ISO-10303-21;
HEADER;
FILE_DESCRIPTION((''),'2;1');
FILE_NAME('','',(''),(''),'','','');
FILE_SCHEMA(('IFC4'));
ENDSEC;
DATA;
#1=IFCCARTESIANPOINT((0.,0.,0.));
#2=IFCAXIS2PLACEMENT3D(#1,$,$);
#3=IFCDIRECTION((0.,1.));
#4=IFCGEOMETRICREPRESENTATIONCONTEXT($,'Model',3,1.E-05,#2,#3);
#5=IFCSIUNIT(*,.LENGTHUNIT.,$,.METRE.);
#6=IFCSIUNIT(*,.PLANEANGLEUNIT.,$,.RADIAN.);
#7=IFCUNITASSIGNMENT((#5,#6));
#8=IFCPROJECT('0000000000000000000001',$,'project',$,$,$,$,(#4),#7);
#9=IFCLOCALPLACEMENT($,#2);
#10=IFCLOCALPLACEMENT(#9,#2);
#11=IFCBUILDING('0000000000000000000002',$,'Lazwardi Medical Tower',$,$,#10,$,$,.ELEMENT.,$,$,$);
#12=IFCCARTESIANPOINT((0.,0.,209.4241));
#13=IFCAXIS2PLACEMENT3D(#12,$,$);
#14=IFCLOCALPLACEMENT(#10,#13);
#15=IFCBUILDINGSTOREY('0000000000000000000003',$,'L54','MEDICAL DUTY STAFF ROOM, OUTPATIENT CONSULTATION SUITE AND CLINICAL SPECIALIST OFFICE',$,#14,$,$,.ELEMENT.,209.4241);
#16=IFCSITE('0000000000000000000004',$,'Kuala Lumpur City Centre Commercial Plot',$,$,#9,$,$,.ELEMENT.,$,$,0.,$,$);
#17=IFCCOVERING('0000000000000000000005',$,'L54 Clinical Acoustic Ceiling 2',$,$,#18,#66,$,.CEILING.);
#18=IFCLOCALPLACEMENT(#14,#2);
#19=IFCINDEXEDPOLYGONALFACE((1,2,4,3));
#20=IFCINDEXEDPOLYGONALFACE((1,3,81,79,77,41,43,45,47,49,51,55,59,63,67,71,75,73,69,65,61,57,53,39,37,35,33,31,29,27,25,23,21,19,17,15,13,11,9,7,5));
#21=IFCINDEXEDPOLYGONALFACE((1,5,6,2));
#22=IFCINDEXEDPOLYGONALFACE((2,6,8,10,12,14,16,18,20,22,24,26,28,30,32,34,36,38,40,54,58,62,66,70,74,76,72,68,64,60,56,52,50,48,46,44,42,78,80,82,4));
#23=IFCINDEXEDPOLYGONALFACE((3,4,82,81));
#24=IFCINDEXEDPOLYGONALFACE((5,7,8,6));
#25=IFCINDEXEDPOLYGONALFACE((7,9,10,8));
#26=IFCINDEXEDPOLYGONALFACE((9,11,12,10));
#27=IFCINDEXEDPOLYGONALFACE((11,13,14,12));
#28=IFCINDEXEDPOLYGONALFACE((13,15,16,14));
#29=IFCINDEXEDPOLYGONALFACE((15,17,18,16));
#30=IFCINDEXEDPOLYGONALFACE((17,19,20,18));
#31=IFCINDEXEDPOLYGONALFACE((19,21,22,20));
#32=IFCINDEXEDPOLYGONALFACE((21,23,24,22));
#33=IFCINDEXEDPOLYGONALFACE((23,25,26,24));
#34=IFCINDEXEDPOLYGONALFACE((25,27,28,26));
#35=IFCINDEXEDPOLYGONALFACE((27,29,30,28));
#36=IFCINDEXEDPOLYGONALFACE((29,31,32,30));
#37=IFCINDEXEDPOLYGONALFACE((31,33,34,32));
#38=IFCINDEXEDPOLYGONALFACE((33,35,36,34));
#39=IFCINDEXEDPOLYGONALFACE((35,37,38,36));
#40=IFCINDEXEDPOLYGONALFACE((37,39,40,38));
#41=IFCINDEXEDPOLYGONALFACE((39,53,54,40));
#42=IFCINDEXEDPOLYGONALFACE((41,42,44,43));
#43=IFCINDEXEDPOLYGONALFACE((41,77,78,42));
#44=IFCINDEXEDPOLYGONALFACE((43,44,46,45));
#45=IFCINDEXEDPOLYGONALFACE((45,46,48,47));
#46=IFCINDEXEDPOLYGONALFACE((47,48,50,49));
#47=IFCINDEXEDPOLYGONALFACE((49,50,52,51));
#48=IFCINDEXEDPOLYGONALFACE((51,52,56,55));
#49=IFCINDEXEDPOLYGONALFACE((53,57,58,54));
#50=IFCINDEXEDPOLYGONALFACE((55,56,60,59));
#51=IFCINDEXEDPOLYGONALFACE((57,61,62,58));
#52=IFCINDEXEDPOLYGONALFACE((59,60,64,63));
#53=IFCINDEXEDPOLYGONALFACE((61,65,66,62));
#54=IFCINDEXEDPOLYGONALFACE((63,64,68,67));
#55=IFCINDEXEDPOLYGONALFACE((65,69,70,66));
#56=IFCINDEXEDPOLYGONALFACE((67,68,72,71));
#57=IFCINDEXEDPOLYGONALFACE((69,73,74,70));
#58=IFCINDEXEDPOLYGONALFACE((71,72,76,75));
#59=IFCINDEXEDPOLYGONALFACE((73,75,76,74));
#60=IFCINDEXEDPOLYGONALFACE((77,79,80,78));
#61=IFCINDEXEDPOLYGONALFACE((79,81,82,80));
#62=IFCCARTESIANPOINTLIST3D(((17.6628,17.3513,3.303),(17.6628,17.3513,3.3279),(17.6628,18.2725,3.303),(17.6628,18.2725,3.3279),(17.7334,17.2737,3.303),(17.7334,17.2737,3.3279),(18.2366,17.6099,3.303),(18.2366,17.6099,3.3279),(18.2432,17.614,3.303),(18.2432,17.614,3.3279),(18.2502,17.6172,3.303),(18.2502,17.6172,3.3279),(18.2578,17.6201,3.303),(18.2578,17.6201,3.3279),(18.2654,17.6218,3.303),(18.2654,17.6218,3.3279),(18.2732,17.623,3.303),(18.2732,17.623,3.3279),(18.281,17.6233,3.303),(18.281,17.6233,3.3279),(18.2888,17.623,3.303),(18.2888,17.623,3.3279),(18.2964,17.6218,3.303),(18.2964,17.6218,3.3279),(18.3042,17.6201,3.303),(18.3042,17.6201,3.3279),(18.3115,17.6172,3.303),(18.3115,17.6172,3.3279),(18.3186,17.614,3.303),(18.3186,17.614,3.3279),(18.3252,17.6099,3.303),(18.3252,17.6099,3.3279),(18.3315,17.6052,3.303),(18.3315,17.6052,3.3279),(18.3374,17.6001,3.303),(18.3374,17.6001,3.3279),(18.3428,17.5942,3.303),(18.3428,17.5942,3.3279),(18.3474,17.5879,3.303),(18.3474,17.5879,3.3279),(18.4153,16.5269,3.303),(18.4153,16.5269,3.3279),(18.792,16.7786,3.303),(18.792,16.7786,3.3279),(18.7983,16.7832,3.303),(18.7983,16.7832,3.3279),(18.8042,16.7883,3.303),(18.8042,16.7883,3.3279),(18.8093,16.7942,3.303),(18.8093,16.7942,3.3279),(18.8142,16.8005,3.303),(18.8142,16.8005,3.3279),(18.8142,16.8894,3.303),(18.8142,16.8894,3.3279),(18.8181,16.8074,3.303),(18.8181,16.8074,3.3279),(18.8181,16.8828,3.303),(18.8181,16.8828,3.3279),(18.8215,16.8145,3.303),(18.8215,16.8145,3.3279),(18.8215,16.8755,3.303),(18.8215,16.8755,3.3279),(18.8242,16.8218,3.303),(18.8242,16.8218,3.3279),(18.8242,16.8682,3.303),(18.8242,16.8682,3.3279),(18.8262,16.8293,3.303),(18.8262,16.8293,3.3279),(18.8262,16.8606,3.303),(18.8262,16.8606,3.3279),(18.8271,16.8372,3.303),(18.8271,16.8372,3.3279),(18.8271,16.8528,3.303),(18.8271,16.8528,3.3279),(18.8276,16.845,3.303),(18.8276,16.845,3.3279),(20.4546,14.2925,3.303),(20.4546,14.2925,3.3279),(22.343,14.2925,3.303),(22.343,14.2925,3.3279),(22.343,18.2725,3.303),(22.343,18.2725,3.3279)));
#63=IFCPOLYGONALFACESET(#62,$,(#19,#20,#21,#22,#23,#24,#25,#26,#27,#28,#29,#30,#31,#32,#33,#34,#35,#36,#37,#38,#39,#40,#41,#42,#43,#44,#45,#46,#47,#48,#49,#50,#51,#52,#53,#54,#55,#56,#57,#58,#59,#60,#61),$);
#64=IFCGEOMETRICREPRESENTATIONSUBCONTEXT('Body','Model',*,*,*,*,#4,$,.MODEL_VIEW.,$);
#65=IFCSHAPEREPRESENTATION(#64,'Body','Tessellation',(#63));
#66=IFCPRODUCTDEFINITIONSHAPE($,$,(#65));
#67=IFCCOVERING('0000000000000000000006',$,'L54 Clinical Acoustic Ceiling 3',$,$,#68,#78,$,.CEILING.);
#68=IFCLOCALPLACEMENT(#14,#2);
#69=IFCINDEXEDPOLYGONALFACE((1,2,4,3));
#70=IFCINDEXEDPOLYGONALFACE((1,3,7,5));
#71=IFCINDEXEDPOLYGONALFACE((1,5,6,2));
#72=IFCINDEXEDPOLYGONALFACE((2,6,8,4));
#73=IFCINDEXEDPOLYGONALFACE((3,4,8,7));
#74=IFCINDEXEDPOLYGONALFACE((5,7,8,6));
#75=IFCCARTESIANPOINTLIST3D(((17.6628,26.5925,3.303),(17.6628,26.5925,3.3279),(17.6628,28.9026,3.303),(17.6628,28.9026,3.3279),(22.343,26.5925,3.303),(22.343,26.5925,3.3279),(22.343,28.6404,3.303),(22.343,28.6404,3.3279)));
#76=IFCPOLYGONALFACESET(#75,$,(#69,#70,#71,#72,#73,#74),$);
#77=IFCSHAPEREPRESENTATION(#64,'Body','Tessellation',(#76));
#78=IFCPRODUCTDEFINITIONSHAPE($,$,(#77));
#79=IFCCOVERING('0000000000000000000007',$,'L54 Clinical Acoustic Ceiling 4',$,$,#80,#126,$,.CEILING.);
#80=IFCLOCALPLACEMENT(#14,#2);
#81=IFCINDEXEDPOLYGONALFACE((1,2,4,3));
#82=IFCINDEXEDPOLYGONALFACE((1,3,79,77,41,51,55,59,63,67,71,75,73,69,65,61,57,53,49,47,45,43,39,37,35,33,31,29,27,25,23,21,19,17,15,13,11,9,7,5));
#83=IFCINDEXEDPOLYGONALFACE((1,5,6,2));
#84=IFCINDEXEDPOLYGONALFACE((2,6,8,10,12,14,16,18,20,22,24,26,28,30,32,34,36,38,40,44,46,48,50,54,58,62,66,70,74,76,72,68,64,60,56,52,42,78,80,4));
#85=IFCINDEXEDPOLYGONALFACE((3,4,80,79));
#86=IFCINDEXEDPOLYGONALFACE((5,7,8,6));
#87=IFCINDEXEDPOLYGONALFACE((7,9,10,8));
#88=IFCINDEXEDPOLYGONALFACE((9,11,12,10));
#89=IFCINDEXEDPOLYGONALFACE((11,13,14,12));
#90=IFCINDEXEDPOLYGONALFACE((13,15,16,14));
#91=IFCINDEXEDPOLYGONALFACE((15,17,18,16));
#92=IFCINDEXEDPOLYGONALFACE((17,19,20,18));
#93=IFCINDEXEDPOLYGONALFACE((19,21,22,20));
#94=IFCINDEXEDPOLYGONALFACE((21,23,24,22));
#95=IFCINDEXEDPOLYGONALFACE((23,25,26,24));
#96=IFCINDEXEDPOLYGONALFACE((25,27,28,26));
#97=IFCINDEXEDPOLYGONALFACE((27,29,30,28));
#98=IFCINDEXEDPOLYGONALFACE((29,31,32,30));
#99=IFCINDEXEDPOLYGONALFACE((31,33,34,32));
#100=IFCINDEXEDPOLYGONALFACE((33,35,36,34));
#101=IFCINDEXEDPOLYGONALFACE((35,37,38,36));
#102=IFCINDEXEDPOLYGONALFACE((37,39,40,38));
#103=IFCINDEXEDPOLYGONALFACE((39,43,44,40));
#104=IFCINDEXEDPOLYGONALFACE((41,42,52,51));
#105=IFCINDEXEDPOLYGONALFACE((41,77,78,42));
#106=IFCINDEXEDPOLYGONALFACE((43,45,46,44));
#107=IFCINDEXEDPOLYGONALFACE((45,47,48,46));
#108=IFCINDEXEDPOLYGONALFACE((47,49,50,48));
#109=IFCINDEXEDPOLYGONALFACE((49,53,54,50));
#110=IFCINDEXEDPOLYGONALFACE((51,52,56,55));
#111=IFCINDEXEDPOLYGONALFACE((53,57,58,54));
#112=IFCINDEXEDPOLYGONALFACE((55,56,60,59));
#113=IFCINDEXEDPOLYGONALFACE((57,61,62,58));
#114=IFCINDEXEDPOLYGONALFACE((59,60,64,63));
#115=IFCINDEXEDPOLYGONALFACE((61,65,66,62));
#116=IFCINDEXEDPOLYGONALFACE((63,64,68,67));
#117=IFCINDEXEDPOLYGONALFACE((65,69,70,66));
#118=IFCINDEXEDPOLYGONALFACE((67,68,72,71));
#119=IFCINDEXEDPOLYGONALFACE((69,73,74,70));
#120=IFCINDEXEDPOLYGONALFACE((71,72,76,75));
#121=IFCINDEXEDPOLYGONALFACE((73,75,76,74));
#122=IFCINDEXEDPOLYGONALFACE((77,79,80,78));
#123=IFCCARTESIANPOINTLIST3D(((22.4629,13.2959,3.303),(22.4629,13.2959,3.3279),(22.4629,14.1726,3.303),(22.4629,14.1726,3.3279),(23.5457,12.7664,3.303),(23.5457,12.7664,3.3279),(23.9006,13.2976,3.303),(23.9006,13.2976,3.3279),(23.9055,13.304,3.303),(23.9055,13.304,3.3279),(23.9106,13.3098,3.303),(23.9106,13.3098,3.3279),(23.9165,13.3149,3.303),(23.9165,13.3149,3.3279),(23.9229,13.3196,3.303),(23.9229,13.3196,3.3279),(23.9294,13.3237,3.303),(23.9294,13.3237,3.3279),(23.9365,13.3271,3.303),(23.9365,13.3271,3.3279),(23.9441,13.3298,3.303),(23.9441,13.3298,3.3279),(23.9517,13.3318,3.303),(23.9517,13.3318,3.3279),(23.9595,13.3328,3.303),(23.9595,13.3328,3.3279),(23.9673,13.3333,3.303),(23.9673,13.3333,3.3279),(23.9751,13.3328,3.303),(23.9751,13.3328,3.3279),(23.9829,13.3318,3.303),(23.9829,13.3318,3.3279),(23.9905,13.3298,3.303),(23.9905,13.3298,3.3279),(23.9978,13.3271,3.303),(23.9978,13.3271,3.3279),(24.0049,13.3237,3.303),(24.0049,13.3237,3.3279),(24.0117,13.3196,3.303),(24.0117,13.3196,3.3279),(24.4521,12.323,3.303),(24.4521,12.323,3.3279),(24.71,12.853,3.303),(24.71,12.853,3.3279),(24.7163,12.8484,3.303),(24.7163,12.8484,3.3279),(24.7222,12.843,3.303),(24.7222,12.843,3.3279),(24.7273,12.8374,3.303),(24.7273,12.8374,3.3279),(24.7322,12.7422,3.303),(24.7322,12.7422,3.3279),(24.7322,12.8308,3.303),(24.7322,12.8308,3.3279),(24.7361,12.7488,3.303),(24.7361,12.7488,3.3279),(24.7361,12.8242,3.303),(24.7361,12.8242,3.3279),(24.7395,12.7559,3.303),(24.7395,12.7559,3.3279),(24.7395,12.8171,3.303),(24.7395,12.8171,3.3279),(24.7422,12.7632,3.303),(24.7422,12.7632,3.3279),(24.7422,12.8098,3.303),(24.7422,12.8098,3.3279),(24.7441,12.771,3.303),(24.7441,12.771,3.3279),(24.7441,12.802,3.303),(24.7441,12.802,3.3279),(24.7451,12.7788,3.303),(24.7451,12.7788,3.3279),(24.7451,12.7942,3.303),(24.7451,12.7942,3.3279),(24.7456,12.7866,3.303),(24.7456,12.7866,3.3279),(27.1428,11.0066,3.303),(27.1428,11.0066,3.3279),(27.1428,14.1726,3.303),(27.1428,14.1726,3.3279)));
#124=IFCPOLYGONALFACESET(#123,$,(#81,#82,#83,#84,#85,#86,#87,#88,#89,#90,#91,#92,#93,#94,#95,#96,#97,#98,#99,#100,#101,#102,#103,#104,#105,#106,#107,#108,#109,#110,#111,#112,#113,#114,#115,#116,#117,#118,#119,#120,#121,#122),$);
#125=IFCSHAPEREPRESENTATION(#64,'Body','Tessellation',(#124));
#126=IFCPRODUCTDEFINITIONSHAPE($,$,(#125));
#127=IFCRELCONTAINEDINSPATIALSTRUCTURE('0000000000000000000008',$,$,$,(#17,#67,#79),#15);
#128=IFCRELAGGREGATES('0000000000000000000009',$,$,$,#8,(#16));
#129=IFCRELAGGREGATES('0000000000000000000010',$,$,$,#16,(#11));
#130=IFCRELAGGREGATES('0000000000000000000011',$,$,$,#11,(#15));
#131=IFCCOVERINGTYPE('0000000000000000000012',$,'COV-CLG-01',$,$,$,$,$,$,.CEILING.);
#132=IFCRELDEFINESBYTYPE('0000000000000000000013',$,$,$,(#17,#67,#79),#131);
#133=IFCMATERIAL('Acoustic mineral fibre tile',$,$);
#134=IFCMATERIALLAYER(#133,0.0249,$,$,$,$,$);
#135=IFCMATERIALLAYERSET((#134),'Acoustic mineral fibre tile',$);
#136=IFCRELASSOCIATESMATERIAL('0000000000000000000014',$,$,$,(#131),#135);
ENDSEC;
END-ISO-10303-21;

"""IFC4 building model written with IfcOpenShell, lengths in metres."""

from ifc_helpers import new_model, si_unit, direction, frame, origin, place, context, subcontext, project, spatial, polyline, outline, extrude, material, layer, layer_set, type_object, element, save


model = new_model("IFC4")

# Units and contexts
model_context = context("Model", 3, precision=1e-05, world=origin(), true_north=direction((0.0, 1.0)))
body_context = subcontext(model_context, "Body", "Model", "MODEL_VIEW")
ifc_project = project(units=[si_unit("LENGTHUNIT", "METRE"), si_unit("PLANEANGLEUNIT", "RADIAN")], contexts=[model_context])

# Site, building, storey
site_placement = place(None, origin())
site = spatial("IfcSite", under=ifc_project, at=site_placement, Name="Kuala Lumpur City Centre Commercial Plot", CompositionType="ELEMENT", RefElevation=0.0)
building_placement = place(site_placement, origin())
building = spatial("IfcBuilding", under=site, at=building_placement, Name="Lazwardi Medical Tower", CompositionType="ELEMENT")
storey_placement = place(building_placement, frame((0.0, 0.0, 209.4241)))
storey = spatial("IfcBuildingStorey", under=building, at=storey_placement, Name="L54", Description="MEDICAL DUTY STAFF ROOM, OUTPATIENT CONSULTATION SUITE AND CLINICAL SPECIALIST OFFICE", CompositionType="ELEMENT", Elevation=209.4241)

# Coverings
ifc_material_1 = material(Name="Acoustic mineral fibre tile")
ifc_layer_1 = layer(ifc_material_1, 0.0249)
ifc_layer_set_1 = layer_set([ifc_layer_1], Name="Acoustic mineral fibre tile")
covering_type_1 = type_object("IfcCoveringType", Name="COV-CLG-01", PredefinedType="CEILING", material=ifc_layer_set_1)
covering_1_placement = place(storey_placement, frame((0.0, 0.0, 3.303)))
element("IfcCovering", 1, at=covering_1_placement, inside=storey, type_object=covering_type_1, Name="L54 Clinical Acoustic Ceiling 2", PredefinedType="CEILING", context=body_context, shape_type="SweptSolid", body=[
    extrude(outline(polyline([(17.6628, 17.3513), (17.7334, 17.2737), (18.2366, 17.6099), (18.2432, 17.614), (18.2502, 17.6172), (18.2578, 17.6201), (18.2654, 17.6218), (18.2732, 17.623), (18.281, 17.6233), (18.2888, 17.623), (18.2964, 17.6218), (18.3042, 17.6201), (18.3115, 17.6172), (18.3186, 17.614), (18.3252, 17.6099), (18.3315, 17.6052), (18.3374, 17.6001), (18.3428, 17.5942), (18.3474, 17.5879), (18.8142, 16.8894), (18.8181, 16.8828), (18.8215, 16.8755), (18.8242, 16.8682), (18.8262, 16.8606), (18.8271, 16.8528), (18.8276, 16.845), (18.8271, 16.8372), (18.8262, 16.8293), (18.8242, 16.8218), (18.8215, 16.8145), (18.8181, 16.8074), (18.8142, 16.8005), (18.8093, 16.7942), (18.8042, 16.7883), (18.7983, 16.7832), (18.792, 16.7786), (18.4153, 16.5269), (20.4546, 14.2925), (22.343, 14.2925), (22.343, 18.2725), (17.6628, 18.2725), (17.6628, 17.3513)])), origin(), (0.0, 0.0, 1.0), 0.0249),
])
covering_2_placement = place(storey_placement, frame((0.0, 0.0, 3.303)))
element("IfcCovering", 2, at=covering_2_placement, inside=storey, type_object=covering_type_1, Name="L54 Clinical Acoustic Ceiling 3", PredefinedType="CEILING", context=body_context, shape_type="SweptSolid", body=[
    extrude(outline(polyline([(22.343, 28.6404), (17.6628, 28.9026), (17.6628, 26.5925), (22.343, 26.5925), (22.343, 28.6404)])), origin(), (0.0, 0.0, 1.0), 0.0249),
])
covering_3_placement = place(storey_placement, frame((0.0, 0.0, 3.303)))
element("IfcCovering", 3, at=covering_3_placement, inside=storey, type_object=covering_type_1, Name="L54 Clinical Acoustic Ceiling 4", PredefinedType="CEILING", context=body_context, shape_type="SweptSolid", body=[
    extrude(outline(polyline([(22.4629, 13.2959), (23.5457, 12.7664), (23.9006, 13.2976), (23.9055, 13.304), (23.9106, 13.3098), (23.9165, 13.3149), (23.9229, 13.3196), (23.9294, 13.3237), (23.9365, 13.3271), (23.9441, 13.3298), (23.9517, 13.3318), (23.9595, 13.3328), (23.9673, 13.3333), (23.9751, 13.3328), (23.9829, 13.3318), (23.9905, 13.3298), (23.9978, 13.3271), (24.0049, 13.3237), (24.0117, 13.3196), (24.71, 12.853), (24.7163, 12.8484), (24.7222, 12.843), (24.7273, 12.8374), (24.7322, 12.8308), (24.7361, 12.8242), (24.7395, 12.8171), (24.7422, 12.8098), (24.7441, 12.802), (24.7451, 12.7942), (24.7456, 12.7866), (24.7451, 12.7788), (24.7441, 12.771), (24.7422, 12.7632), (24.7395, 12.7559), (24.7361, 12.7488), (24.7322, 12.7422), (24.4521, 12.323), (27.1428, 11.0066), (27.1428, 14.1726), (22.4629, 14.1726), (22.4629, 13.2959)])), origin(), (0.0, 0.0, 1.0), 0.0249),
])

save(model, "model.ifc")
